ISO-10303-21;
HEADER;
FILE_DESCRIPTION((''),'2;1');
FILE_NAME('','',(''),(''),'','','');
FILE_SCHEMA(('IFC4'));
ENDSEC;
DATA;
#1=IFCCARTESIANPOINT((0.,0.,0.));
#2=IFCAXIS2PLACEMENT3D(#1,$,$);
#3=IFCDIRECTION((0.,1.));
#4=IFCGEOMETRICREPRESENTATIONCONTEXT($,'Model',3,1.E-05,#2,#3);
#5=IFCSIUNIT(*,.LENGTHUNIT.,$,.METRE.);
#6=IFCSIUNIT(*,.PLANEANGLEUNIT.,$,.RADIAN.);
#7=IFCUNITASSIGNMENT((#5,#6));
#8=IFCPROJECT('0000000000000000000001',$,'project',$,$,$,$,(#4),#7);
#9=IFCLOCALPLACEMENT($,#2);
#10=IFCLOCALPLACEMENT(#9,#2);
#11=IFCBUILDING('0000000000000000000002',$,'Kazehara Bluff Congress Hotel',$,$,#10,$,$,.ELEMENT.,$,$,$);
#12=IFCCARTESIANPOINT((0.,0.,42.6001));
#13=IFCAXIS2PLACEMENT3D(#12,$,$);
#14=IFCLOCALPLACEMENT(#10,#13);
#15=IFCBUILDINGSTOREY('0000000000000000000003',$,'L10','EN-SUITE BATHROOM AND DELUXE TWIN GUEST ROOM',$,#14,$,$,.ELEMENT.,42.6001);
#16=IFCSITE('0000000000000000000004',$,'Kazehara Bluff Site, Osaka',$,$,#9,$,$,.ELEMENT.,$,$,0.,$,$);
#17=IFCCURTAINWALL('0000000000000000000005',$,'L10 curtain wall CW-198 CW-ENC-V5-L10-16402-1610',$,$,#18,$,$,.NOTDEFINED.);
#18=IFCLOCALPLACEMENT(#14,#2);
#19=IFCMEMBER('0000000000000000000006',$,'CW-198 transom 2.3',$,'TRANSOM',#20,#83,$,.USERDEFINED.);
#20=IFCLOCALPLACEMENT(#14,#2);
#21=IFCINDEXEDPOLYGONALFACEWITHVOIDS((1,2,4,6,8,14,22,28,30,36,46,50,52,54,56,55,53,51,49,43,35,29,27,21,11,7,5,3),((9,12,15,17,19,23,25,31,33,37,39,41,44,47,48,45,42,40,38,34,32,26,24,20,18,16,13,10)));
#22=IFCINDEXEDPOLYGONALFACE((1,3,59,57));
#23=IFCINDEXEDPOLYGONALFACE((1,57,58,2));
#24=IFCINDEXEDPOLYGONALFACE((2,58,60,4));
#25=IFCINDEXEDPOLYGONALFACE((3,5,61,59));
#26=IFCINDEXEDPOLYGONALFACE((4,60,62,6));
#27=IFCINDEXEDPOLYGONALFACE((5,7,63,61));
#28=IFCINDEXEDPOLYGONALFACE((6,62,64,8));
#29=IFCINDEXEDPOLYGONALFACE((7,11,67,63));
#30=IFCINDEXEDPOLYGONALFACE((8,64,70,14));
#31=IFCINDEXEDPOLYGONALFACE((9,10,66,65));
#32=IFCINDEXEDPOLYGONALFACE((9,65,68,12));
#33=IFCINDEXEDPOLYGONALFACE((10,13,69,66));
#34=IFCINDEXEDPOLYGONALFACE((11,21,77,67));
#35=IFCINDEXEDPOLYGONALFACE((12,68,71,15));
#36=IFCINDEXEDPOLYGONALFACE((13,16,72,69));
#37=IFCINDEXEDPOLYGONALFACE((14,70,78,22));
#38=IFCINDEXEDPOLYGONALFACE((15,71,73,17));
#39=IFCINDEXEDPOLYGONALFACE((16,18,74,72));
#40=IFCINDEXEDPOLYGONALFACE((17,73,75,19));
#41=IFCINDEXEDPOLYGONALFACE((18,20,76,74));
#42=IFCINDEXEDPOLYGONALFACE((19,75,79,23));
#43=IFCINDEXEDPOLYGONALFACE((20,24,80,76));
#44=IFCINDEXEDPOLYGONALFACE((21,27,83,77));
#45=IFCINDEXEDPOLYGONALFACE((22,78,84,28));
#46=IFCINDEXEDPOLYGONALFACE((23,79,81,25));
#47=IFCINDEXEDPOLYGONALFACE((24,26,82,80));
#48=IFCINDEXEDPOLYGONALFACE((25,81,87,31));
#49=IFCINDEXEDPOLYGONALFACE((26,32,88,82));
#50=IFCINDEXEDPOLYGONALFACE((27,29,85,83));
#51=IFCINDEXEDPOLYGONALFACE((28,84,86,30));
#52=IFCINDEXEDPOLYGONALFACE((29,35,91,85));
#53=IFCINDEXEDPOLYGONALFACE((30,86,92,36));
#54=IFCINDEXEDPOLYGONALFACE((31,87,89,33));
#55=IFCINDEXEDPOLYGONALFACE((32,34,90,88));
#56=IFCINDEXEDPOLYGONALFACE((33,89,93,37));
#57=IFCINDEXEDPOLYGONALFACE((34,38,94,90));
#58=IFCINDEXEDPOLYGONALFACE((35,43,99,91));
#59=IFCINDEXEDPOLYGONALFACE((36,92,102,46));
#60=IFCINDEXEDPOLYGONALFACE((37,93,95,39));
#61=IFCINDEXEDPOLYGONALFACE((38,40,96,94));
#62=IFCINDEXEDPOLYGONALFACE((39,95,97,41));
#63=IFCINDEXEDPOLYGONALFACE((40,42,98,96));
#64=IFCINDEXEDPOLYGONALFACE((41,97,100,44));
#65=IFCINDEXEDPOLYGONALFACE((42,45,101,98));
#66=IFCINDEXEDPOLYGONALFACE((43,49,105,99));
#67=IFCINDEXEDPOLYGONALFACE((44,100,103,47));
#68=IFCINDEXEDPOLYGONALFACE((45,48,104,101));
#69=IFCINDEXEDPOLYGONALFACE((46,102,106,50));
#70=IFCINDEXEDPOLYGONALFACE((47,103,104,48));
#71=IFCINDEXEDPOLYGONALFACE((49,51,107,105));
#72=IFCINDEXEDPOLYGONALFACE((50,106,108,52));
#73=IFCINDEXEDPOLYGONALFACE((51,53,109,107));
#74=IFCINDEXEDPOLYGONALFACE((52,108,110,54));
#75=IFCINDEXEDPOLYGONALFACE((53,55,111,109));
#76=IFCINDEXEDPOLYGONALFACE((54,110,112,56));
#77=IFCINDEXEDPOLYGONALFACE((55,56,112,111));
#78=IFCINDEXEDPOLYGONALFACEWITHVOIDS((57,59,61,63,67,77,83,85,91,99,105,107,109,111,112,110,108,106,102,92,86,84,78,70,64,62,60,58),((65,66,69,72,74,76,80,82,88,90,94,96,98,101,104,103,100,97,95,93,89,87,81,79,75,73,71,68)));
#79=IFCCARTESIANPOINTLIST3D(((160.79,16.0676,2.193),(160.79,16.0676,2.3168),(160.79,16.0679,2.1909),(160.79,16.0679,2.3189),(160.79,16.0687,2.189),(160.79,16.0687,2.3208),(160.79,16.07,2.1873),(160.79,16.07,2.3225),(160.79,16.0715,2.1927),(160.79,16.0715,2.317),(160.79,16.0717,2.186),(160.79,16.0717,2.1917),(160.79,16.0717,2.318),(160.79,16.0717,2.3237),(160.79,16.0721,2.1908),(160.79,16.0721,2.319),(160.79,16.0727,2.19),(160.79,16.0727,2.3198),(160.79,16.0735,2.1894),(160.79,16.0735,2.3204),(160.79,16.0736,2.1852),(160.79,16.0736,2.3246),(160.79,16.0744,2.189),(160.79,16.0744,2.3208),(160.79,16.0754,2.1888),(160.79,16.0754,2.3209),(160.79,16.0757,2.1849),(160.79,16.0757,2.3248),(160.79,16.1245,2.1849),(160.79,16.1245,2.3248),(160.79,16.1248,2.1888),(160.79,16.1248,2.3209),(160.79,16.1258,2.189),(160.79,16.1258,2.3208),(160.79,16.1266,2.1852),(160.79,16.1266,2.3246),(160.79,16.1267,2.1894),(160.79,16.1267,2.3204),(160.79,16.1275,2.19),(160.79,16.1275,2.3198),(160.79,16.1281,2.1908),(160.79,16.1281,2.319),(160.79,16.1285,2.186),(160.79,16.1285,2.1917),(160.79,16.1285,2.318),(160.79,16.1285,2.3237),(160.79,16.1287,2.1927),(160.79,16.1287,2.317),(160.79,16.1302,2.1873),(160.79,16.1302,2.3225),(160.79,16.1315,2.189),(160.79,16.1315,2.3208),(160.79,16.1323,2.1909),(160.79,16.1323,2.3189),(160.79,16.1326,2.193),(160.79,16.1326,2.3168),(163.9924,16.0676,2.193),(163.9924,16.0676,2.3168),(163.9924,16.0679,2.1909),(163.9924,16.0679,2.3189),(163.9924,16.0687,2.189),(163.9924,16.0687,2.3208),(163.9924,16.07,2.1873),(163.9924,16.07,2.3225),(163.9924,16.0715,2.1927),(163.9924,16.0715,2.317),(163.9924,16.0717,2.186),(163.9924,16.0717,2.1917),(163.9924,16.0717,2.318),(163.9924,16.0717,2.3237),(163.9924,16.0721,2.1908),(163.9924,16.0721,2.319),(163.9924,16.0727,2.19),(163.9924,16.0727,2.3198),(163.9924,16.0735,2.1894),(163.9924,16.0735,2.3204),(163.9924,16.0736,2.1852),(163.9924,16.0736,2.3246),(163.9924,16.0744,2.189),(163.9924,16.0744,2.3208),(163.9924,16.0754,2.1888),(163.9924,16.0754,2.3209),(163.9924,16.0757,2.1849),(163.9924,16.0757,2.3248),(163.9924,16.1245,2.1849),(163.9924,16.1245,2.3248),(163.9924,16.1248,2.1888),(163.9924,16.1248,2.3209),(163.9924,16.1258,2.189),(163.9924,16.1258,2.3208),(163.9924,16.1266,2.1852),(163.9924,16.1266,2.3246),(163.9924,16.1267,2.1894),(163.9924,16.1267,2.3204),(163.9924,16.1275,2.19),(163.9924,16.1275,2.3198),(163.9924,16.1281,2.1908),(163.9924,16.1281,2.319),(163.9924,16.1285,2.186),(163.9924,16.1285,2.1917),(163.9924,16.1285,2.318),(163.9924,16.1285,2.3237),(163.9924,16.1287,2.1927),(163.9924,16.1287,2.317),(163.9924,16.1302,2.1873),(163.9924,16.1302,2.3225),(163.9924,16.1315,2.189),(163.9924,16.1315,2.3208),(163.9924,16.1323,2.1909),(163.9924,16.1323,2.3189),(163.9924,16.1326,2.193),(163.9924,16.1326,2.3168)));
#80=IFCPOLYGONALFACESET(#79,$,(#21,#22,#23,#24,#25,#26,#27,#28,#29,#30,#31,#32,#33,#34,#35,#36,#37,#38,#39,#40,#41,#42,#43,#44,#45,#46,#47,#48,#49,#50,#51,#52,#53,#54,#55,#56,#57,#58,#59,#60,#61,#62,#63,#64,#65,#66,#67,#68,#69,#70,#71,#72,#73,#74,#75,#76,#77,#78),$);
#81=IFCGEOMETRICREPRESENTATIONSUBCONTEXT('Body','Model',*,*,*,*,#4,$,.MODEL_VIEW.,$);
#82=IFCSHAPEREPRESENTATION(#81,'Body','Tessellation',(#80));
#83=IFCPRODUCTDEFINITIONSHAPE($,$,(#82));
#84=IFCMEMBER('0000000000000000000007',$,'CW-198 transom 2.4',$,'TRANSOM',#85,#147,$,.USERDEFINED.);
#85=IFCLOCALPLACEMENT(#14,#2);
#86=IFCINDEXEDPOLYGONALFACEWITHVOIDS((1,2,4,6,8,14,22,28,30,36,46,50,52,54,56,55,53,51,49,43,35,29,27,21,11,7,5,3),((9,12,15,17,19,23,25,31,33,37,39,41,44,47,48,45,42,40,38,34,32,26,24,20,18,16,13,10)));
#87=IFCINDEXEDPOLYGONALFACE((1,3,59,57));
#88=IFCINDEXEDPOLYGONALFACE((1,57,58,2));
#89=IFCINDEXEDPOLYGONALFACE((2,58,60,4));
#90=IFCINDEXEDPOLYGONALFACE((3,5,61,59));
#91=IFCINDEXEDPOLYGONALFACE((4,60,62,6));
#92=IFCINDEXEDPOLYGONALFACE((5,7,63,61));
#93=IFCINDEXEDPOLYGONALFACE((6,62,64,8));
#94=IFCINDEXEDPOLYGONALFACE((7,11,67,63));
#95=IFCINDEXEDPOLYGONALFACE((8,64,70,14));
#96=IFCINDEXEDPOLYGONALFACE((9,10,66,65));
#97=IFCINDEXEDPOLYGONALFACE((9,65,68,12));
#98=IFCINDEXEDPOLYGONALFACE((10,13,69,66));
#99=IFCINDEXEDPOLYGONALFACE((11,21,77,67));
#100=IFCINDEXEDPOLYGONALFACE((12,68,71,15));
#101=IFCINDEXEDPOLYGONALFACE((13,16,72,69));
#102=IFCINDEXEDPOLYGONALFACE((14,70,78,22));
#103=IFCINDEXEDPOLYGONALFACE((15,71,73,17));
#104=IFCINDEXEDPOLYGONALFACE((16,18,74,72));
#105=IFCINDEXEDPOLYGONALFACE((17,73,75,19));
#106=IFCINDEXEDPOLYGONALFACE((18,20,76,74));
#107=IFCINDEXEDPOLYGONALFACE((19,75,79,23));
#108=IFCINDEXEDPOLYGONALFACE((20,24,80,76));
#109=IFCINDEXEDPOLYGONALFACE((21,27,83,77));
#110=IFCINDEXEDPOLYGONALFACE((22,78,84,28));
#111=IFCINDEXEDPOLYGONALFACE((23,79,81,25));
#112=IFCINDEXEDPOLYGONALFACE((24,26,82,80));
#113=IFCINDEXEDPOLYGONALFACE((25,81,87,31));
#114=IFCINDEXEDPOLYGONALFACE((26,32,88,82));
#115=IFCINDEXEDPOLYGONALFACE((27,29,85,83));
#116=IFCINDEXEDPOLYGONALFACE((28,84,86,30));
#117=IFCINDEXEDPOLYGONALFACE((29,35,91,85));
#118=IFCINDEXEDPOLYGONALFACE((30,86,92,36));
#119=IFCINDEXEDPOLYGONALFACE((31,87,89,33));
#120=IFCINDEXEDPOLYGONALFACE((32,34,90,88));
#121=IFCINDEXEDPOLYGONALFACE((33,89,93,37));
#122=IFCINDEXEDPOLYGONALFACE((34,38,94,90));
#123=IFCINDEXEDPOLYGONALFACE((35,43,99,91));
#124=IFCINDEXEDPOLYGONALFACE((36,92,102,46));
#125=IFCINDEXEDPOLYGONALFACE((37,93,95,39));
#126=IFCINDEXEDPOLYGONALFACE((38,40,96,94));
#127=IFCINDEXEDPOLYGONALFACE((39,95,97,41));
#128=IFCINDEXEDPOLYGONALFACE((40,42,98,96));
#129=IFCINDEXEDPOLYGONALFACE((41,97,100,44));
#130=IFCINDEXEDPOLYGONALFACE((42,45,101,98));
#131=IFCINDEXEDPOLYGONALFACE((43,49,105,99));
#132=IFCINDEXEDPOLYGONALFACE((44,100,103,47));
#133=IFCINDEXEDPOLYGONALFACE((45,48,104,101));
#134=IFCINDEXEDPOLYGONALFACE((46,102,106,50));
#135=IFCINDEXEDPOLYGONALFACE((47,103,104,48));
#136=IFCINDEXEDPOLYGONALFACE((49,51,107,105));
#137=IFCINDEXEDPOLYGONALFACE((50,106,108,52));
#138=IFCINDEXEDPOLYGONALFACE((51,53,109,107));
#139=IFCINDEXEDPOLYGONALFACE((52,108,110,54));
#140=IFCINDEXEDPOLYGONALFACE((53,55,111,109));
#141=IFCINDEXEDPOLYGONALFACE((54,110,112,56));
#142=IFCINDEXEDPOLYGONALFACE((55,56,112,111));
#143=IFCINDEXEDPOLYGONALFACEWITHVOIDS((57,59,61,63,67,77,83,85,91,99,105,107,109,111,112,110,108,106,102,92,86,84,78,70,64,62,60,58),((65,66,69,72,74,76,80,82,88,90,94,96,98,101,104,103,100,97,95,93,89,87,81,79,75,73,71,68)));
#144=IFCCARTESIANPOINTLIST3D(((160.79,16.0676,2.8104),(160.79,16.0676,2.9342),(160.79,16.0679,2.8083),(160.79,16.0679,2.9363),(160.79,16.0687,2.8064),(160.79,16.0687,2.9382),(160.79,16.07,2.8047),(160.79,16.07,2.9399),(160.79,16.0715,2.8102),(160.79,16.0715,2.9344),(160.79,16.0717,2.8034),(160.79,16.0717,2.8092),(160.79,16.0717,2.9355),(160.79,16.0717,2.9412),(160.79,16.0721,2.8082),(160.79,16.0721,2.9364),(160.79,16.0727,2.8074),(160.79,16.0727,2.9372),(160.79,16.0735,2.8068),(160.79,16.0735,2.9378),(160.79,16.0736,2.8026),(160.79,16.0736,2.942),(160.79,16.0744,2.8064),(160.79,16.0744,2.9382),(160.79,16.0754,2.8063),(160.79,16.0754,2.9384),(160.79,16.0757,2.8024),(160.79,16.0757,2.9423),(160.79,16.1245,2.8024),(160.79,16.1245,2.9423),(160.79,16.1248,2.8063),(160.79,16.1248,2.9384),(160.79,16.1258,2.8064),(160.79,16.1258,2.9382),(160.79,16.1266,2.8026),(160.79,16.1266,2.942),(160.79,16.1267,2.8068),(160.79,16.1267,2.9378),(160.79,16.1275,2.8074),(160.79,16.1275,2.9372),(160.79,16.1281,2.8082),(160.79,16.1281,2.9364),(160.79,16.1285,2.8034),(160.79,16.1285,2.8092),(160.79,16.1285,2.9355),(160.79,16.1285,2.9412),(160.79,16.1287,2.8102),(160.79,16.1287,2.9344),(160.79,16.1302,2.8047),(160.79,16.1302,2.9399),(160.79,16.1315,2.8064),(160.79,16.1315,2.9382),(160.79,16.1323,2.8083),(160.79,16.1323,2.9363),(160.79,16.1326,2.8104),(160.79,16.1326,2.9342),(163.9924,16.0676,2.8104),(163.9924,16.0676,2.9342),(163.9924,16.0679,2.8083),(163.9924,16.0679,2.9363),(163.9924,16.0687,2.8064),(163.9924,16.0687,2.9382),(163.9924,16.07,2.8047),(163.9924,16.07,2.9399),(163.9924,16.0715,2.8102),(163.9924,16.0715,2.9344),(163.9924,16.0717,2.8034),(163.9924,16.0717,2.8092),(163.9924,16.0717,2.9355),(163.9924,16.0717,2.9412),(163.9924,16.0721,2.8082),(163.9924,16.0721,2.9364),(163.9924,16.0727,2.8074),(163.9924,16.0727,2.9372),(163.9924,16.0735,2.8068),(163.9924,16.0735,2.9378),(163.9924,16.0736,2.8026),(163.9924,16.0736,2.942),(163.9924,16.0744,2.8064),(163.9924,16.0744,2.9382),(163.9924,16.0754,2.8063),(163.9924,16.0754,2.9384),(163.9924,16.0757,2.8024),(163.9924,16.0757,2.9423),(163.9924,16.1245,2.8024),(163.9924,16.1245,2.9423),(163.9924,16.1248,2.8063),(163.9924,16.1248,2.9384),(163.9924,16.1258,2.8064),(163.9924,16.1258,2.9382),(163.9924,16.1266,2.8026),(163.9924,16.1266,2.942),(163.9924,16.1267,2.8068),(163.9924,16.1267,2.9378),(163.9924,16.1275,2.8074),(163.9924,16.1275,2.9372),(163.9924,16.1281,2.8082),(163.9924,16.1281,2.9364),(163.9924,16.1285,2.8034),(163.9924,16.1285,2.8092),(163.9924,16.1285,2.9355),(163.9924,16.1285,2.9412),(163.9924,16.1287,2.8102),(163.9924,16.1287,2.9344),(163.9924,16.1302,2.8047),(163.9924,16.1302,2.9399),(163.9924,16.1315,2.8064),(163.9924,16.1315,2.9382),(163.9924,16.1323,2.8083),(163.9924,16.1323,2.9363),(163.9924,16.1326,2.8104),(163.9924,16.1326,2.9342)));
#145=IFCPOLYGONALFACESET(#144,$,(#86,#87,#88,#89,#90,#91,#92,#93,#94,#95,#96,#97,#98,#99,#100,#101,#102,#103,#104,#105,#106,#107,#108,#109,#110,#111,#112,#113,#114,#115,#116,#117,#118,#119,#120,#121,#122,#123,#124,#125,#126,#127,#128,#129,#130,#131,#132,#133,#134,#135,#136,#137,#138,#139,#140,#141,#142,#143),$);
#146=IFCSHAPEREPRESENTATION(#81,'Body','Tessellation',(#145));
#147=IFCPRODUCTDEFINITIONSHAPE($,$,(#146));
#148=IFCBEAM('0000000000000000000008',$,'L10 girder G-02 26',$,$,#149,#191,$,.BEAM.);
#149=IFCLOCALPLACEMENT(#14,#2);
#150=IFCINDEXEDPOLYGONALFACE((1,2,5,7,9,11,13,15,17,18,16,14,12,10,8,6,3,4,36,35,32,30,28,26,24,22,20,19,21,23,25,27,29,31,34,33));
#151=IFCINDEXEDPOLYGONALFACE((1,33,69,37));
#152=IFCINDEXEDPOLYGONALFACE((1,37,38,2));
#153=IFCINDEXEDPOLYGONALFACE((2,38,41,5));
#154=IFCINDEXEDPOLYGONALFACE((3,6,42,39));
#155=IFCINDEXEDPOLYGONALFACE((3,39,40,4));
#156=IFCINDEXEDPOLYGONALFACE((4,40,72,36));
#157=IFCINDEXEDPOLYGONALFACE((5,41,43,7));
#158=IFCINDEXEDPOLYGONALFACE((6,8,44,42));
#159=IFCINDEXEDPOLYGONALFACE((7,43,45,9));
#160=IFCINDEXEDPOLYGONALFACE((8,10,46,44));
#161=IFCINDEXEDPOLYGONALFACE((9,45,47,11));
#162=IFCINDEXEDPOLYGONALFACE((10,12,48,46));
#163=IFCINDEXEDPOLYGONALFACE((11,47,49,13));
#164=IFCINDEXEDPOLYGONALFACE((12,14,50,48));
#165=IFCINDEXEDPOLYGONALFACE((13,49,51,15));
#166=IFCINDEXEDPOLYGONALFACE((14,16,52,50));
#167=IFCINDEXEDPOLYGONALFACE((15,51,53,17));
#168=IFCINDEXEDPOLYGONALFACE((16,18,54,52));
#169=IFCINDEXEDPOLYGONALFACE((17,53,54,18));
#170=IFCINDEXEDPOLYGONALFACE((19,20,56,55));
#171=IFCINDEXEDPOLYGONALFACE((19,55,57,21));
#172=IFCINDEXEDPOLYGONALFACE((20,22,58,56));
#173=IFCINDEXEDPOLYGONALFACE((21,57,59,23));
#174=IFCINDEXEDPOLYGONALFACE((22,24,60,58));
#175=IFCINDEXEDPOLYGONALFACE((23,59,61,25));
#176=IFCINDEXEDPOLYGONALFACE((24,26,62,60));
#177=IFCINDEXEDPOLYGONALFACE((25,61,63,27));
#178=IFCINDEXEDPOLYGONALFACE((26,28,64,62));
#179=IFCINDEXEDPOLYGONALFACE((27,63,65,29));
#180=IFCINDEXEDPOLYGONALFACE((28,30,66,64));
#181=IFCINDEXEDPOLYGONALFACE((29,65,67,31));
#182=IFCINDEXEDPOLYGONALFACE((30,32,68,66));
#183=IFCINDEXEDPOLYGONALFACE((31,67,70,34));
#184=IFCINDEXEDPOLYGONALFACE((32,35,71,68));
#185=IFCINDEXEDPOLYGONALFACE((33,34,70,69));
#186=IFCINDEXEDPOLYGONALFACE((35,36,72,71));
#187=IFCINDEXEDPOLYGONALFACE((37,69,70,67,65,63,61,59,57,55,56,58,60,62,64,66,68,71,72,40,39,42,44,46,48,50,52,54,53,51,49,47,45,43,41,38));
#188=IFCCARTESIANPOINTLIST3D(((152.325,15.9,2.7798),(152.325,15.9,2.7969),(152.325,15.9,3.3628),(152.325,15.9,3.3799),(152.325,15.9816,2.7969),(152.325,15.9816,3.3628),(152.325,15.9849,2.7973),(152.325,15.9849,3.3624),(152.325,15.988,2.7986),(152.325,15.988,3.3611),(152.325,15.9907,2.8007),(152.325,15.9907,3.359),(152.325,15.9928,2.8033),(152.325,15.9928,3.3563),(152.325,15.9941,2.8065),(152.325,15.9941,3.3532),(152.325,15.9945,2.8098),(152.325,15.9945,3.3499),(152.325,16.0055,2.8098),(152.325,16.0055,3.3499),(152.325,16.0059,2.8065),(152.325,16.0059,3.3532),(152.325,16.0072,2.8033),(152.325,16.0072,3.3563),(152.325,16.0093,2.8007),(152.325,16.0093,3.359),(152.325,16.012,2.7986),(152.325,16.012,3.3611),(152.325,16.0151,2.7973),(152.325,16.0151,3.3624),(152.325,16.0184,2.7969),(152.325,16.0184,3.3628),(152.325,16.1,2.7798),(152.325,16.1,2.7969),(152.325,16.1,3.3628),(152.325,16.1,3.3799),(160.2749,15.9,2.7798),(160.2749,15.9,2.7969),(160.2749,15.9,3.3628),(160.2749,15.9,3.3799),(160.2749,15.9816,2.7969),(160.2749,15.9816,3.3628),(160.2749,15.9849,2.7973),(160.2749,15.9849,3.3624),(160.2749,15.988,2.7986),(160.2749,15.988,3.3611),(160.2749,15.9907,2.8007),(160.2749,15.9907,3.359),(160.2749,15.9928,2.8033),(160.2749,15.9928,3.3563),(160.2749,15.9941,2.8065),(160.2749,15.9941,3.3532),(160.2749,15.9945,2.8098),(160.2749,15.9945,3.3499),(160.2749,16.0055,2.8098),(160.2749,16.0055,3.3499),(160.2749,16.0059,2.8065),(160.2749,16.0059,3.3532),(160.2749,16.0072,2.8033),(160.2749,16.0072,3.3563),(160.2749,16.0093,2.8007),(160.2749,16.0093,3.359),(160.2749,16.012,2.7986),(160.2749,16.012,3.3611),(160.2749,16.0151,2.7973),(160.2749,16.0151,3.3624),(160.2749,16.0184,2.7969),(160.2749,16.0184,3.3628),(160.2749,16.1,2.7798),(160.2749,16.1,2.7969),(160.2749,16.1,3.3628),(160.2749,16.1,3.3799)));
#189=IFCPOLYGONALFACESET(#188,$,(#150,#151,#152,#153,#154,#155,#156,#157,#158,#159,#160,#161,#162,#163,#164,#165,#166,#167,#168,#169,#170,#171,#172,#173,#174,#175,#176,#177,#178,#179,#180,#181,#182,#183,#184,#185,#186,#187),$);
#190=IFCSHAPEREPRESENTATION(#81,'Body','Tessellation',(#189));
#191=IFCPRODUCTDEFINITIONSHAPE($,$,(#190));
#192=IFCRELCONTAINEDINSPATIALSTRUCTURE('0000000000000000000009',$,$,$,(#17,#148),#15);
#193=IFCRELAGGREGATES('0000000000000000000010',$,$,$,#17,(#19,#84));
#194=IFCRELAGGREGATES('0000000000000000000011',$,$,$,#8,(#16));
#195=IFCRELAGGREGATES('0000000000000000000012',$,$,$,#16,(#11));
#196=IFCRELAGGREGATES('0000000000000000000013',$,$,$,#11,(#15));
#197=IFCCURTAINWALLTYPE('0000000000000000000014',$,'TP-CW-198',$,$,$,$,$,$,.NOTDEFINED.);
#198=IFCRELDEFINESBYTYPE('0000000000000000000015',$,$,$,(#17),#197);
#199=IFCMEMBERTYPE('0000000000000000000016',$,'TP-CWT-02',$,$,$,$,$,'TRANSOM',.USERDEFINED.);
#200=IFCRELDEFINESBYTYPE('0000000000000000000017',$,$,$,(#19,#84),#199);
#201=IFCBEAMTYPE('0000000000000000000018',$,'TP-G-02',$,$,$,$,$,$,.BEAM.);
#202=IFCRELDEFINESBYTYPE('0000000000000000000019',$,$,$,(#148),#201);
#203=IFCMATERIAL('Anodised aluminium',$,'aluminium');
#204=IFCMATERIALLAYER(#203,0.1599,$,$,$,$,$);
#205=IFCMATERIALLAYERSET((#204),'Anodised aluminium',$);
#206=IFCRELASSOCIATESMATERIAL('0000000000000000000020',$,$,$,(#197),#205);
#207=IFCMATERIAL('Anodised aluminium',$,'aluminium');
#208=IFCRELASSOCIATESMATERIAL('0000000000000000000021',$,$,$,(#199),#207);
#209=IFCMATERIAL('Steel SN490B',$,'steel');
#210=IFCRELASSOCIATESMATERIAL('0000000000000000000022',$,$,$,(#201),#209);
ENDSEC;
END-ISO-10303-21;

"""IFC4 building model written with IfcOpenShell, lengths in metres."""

from ifc_helpers import new_model, si_unit, direction, frame, origin, origin_2d, place, context, subcontext, project, spatial, hollow_rectangle, i_section, extrude, material, layer, layer_set, material_profile, profile_set, type_object, element, aggregate, save


model = new_model("IFC4")

# Units and contexts
model_context = context("Model", 3, precision=1e-05, world=origin(), true_north=direction((0.0, 1.0)))
body_context = subcontext(model_context, "Body", "Model", "MODEL_VIEW")
ifc_project = project(units=[si_unit("LENGTHUNIT", "METRE"), si_unit("PLANEANGLEUNIT", "RADIAN")], contexts=[model_context])

# Site, building, storey
site_placement = place(None, origin())
site = spatial("IfcSite", under=ifc_project, at=site_placement, Name="Kazehara Bluff Site, Osaka", CompositionType="ELEMENT", RefElevation=0.0)
building_placement = place(site_placement, origin())
building = spatial("IfcBuilding", under=site, at=building_placement, Name="Kazehara Bluff Congress Hotel", CompositionType="ELEMENT")
storey_placement = place(building_placement, frame((0.0, 0.0, 42.6001)))
storey = spatial("IfcBuildingStorey", under=building, at=storey_placement, Name="L10", Description="EN-SUITE BATHROOM AND DELUXE TWIN GUEST ROOM", CompositionType="ELEMENT", Elevation=42.6001)

# Curtain wall
ifc_material_1 = material(Name="Anodised aluminium", Category="aluminium")
ifc_layer_1 = layer(ifc_material_1, 0.1599)
ifc_layer_set_1 = layer_set([ifc_layer_1], Name="Anodised aluminium")
curtain_wall_type_1 = type_object("IfcCurtainWallType", Name="TP-CW-198", PredefinedType="NOTDEFINED", material=ifc_layer_set_1)
curtain_wall_1_placement = place(storey_placement, origin())
curtain_wall_1 = element("IfcCurtainWall", 1, at=curtain_wall_1_placement, inside=storey, type_object=curtain_wall_type_1, Name="L10 curtain wall CW-198 CW-ENC-V5-L10-16402-1610", PredefinedType="NOTDEFINED")

# Members
ifc_material_2 = material(Name="Anodised aluminium", Category="aluminium")
ifc_material_profile_1 = material_profile(ifc_material_2, hollow_rectangle(XDim=0.0649, YDim=0.1399, WallThickness=0.0039, InnerFilletRadius=0.0039, OuterFilletRadius=0.0081, at=origin_2d()))
ifc_profile_set_1 = profile_set([ifc_material_profile_1], Name="Anodised aluminium")
member_type_1 = type_object("IfcMemberType", Name="TP-CWT-02", ElementType="TRANSOM", PredefinedType="USERDEFINED", material=ifc_profile_set_1)
member_1_placement = place(storey_placement, frame((163.9924, 16.1001, 2.2549), z_axis=(-1.0, 0.0, 0.0), x_axis=(0.0, -1.0, 0.0)))
member_1 = element("IfcMember", 2, at=member_1_placement, type_object=member_type_1, Name="CW-198 transom 2.3", ObjectType="TRANSOM", PredefinedType="USERDEFINED", context=body_context, shape_type="SweptSolid", body=[
    extrude(hollow_rectangle(XDim=0.0649, YDim=0.1399, WallThickness=0.0039, InnerFilletRadius=0.0039, OuterFilletRadius=0.0081, at=origin_2d()), origin(), (0.0, 0.0, 1.0), 3.2024),
])
member_2_placement = place(storey_placement, frame((163.9924, 16.1001, 2.8723), z_axis=(-1.0, 0.0, 0.0), x_axis=(0.0, -1.0, 0.0)))
member_2 = element("IfcMember", 3, at=member_2_placement, type_object=member_type_1, Name="CW-198 transom 2.4", ObjectType="TRANSOM", PredefinedType="USERDEFINED", context=body_context, shape_type="SweptSolid", body=[
    extrude(hollow_rectangle(XDim=0.0649, YDim=0.1399, WallThickness=0.0039, InnerFilletRadius=0.0039, OuterFilletRadius=0.0081, at=origin_2d()), origin(), (0.0, 0.0, 1.0), 3.2024),
])

# Beam
ifc_material_3 = material(Name="Steel SN490B", Category="steel")
ifc_material_profile_2 = material_profile(ifc_material_3, i_section(OverallWidth=0.2, OverallDepth=0.6001, WebThickness=0.011, FlangeThickness=0.0171, FilletRadius=0.0129, at=origin_2d()))
ifc_profile_set_2 = profile_set([ifc_material_profile_2], Name="Steel SN490B")
beam_type_1 = type_object("IfcBeamType", Name="TP-G-02", PredefinedType="BEAM", material=ifc_profile_set_2)
beam_1_placement = place(storey_placement, frame((152.325, 16.0, 3.0798), z_axis=(1.0, 0.0, 0.0), x_axis=(0.0, 1.0, 0.0)))
element("IfcBeam", 4, at=beam_1_placement, inside=storey, type_object=beam_type_1, Name="L10 girder G-02 26", PredefinedType="BEAM", context=body_context, shape_type="SweptSolid", body=[
    extrude(i_section(OverallWidth=0.2, OverallDepth=0.6001, WebThickness=0.011, FlangeThickness=0.0171, FilletRadius=0.0129, at=origin_2d()), origin(), (0.0, 0.0, 1.0), 7.95),
])

aggregate(curtain_wall_1, [member_1, member_2])

save(model, "model.ifc")
